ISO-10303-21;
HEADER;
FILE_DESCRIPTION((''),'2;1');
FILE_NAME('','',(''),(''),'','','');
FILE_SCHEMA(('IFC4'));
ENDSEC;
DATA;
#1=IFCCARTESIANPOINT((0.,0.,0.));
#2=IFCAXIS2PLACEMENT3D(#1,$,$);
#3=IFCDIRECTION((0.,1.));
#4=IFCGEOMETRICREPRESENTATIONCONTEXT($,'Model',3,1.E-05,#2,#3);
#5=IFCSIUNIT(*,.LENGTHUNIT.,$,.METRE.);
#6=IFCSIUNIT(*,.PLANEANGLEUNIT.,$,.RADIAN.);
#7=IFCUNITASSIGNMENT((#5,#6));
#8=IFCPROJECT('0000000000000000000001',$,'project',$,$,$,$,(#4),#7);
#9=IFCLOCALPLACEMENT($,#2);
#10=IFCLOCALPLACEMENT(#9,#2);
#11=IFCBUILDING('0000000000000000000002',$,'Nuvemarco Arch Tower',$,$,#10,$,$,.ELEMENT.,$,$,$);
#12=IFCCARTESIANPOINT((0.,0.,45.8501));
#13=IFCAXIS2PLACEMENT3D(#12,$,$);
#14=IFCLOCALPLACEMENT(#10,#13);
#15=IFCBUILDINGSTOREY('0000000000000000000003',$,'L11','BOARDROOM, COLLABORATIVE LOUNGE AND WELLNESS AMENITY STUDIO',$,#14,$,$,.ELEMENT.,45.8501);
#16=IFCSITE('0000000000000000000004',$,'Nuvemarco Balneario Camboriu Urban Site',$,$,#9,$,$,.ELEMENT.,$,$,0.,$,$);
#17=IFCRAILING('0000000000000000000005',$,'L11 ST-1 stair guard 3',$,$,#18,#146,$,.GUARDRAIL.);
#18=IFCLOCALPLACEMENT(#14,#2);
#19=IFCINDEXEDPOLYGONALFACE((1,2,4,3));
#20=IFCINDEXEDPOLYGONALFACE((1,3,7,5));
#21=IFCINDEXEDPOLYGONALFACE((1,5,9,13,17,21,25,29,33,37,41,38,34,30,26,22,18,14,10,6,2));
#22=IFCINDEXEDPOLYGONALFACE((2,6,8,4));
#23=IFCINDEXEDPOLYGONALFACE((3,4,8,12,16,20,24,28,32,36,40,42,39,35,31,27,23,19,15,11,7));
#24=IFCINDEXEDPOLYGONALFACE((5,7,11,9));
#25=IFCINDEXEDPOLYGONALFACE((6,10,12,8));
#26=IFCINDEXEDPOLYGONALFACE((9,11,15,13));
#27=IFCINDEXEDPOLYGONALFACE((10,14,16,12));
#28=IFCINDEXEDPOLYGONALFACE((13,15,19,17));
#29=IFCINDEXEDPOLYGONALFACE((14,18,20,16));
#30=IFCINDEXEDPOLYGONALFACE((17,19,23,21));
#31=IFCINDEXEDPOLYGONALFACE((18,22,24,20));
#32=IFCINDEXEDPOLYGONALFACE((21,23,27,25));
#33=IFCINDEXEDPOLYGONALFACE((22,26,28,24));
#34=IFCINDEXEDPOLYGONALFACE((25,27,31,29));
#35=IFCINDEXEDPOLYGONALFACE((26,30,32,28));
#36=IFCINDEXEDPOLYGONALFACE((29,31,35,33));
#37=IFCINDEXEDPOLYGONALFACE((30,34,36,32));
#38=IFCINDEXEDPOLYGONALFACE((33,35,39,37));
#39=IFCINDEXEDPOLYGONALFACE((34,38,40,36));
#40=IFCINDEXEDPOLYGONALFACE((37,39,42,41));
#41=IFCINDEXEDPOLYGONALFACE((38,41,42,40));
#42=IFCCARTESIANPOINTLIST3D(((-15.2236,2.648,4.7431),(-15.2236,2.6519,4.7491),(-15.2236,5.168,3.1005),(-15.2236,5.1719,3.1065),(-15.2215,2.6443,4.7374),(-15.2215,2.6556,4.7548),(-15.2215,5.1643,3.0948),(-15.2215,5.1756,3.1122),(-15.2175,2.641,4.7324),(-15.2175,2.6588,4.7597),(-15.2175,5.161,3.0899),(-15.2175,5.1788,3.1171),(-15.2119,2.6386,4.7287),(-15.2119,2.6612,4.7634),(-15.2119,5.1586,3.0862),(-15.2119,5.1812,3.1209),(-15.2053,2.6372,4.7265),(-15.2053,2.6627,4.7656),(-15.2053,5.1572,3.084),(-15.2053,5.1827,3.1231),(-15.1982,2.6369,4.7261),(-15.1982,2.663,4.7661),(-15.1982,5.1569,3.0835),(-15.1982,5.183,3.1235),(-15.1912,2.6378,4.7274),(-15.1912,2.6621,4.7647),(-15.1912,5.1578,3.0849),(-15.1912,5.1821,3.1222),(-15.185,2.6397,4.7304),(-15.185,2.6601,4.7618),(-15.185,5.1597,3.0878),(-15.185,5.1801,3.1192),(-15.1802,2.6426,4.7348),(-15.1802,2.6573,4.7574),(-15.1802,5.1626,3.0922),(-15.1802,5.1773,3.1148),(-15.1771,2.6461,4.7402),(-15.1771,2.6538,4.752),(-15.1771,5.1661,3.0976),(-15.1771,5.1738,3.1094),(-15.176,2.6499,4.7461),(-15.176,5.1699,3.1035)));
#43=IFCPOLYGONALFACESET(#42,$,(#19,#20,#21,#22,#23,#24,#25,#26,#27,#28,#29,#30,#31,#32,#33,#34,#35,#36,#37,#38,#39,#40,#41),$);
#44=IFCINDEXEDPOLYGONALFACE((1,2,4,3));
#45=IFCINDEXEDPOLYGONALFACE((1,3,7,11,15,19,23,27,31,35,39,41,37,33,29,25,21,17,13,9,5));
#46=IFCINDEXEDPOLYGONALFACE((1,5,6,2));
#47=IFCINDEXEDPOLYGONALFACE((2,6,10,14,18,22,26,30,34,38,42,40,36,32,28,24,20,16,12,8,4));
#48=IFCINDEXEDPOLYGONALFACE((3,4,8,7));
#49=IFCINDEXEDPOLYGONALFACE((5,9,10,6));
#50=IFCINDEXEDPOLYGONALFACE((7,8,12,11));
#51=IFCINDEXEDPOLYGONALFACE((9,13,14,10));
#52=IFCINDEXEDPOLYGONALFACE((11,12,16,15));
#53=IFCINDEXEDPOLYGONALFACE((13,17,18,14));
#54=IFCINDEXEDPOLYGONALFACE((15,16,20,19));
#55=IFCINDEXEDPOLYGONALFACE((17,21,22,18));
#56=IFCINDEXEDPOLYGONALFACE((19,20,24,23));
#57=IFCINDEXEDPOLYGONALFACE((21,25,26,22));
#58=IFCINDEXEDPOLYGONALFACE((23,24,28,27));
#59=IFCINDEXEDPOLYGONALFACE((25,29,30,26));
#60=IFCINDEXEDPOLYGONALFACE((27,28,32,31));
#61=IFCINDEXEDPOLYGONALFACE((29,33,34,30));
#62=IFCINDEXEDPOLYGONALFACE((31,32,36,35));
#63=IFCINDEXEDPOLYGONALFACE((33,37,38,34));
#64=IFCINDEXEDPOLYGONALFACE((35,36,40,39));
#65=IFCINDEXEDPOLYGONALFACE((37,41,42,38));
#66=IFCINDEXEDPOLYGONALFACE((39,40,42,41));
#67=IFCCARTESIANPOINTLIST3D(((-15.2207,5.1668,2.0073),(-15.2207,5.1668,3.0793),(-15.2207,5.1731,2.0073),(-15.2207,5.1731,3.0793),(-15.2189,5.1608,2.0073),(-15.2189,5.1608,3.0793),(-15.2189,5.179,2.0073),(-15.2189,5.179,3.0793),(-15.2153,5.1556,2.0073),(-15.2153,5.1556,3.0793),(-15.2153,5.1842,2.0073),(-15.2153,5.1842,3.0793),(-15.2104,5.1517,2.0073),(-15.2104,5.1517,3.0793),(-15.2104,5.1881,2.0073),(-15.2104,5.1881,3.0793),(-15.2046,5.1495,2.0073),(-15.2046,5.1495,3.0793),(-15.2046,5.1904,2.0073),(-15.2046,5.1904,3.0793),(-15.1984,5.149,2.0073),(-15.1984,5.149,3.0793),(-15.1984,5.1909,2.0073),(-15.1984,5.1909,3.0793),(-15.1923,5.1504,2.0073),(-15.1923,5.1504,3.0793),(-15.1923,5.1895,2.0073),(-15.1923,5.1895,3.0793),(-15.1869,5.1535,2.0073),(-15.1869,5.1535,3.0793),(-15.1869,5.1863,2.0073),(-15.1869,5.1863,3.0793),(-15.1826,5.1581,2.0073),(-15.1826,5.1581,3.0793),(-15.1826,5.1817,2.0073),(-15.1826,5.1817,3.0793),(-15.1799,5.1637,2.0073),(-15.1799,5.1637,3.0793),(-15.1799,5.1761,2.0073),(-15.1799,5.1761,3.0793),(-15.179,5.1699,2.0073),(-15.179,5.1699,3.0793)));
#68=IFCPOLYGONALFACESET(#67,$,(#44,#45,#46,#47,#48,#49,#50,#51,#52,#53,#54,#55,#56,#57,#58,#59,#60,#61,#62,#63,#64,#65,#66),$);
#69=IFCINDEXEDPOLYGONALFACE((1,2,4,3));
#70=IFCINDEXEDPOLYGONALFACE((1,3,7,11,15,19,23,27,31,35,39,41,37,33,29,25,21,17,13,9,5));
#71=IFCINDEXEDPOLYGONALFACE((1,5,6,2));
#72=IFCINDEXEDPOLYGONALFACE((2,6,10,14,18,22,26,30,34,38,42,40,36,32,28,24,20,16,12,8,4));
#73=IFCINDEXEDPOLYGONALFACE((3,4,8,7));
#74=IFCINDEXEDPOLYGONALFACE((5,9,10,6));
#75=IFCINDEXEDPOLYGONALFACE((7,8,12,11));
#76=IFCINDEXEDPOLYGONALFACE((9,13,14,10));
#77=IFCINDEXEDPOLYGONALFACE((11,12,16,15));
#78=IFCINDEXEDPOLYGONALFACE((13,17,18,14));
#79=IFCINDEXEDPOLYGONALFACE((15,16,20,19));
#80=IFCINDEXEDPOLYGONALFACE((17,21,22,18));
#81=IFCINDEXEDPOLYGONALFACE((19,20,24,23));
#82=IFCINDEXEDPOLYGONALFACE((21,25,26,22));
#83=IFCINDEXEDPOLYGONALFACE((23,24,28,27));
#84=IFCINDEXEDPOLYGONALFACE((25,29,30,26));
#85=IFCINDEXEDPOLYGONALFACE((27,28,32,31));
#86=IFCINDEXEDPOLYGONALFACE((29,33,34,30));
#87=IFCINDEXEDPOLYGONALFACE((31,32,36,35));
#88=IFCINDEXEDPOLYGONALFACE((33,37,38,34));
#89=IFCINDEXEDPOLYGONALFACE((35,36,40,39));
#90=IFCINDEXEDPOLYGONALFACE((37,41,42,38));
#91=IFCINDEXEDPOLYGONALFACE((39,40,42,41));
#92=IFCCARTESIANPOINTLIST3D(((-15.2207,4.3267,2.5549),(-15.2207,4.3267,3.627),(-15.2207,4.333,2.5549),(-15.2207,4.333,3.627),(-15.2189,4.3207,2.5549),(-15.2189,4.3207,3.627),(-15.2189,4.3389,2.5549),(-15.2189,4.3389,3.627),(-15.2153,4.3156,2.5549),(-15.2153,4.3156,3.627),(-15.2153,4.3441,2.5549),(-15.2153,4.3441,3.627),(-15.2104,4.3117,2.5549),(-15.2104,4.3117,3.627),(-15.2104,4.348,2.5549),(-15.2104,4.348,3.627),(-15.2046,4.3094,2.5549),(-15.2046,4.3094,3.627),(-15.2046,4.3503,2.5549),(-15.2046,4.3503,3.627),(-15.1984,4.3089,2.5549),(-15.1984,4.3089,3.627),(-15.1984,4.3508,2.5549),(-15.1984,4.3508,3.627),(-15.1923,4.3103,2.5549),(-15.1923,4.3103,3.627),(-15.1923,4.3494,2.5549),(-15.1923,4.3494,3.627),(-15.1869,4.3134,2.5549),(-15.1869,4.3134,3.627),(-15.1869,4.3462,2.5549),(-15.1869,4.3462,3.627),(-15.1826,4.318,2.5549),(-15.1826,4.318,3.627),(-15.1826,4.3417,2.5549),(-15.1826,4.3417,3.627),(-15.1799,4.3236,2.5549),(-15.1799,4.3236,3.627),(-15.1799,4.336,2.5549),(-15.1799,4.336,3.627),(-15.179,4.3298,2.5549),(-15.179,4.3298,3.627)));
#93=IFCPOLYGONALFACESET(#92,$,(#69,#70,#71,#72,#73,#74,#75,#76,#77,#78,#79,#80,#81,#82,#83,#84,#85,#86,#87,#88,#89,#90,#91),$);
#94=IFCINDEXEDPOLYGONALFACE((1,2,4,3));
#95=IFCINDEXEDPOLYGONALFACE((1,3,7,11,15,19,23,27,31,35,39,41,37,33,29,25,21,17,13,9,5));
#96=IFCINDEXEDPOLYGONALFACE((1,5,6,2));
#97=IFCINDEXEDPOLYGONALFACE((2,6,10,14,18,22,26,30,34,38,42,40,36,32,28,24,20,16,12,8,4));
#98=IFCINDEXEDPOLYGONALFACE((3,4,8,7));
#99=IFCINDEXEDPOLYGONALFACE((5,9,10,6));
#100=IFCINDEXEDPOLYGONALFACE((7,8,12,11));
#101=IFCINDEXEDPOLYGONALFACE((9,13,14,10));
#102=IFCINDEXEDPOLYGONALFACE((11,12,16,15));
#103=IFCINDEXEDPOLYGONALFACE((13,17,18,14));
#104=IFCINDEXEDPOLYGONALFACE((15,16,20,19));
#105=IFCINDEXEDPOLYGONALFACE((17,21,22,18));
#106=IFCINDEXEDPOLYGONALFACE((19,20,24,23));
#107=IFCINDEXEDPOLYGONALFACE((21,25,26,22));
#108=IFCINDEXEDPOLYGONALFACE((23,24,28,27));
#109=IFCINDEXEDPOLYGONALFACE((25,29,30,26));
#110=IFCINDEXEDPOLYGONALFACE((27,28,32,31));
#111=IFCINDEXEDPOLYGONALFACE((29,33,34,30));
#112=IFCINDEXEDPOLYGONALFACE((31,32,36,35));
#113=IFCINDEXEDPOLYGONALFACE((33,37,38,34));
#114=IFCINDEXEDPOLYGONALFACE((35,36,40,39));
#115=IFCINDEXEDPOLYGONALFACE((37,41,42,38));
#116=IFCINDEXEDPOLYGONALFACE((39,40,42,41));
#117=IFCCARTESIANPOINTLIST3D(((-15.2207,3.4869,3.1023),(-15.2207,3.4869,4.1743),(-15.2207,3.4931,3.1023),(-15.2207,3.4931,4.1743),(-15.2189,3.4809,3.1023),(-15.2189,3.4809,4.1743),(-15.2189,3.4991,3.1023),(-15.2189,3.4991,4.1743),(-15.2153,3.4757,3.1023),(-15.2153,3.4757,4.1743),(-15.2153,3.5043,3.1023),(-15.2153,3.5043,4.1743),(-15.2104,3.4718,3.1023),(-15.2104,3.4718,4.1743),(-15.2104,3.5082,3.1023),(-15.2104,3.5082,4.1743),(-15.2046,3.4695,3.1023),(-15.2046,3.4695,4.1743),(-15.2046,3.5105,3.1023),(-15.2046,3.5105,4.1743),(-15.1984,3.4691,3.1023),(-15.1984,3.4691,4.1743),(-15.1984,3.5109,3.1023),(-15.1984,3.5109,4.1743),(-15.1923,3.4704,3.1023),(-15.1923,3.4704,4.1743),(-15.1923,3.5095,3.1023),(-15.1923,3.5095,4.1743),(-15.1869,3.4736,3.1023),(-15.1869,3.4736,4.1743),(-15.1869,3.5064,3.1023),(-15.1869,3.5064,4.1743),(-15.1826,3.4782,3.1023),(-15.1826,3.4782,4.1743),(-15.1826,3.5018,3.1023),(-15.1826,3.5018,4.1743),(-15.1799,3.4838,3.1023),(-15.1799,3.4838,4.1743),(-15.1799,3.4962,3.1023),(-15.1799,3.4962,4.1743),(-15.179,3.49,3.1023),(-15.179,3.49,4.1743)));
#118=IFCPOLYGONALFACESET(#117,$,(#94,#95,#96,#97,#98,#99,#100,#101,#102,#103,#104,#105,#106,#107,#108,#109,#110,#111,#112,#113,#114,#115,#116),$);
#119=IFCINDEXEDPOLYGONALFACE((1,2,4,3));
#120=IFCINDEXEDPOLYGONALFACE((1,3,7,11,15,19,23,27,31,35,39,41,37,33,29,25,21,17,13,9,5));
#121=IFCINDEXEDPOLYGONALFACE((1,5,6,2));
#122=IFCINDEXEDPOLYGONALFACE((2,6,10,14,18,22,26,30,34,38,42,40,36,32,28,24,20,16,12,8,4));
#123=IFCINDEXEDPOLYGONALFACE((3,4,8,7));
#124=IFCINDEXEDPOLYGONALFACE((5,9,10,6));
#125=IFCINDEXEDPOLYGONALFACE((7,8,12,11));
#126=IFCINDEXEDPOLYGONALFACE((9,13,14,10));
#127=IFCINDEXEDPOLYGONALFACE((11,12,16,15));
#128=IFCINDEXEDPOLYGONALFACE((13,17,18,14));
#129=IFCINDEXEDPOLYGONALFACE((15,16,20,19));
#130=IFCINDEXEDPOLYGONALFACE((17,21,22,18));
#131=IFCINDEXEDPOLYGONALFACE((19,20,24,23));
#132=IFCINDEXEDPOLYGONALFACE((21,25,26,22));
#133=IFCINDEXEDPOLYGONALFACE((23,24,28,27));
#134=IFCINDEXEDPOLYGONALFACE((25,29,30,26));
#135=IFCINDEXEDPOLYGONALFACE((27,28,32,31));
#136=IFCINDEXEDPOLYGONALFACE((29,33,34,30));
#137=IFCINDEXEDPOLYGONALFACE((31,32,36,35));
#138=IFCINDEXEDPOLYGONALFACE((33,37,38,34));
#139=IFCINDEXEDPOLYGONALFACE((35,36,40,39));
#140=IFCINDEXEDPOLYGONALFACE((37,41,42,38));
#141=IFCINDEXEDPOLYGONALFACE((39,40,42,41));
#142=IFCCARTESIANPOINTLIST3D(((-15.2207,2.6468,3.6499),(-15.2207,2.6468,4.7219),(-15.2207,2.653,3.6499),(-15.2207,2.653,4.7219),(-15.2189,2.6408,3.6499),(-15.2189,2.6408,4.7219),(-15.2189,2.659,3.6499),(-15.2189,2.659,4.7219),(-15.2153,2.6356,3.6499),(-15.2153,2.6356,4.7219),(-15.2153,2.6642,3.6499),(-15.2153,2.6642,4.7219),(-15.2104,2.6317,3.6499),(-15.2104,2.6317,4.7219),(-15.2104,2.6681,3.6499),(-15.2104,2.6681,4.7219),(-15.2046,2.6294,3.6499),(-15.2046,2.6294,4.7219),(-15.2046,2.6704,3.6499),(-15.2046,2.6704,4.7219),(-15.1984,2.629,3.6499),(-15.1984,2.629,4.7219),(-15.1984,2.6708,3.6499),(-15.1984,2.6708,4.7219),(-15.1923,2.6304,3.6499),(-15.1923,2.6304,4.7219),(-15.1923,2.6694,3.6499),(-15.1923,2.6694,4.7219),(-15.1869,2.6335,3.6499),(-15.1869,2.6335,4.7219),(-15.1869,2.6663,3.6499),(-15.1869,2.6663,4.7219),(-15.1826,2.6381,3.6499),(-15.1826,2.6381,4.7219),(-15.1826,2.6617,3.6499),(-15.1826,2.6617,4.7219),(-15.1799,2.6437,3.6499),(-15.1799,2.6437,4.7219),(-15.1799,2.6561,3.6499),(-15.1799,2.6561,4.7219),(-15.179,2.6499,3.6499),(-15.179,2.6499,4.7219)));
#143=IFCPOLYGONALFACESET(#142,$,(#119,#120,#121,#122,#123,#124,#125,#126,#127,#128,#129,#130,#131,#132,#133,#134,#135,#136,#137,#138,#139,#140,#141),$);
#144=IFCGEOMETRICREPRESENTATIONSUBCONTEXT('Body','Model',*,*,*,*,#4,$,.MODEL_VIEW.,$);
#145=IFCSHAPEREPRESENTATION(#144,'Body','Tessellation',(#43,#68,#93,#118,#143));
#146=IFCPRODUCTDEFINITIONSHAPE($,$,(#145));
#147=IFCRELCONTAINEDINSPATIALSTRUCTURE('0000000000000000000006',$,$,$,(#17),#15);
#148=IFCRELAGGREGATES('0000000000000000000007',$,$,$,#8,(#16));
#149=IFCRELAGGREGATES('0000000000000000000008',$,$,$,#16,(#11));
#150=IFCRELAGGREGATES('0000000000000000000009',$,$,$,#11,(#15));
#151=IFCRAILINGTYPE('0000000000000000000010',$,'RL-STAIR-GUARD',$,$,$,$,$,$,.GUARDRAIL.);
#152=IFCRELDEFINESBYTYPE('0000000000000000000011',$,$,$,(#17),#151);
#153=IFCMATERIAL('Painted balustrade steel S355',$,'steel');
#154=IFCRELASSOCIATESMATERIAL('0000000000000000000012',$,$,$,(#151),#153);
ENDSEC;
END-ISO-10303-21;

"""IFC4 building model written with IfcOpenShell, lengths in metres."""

from ifc_helpers import new_model, si_unit, direction, frame, origin, origin_2d, place, context, subcontext, project, spatial, circle, extrude, material, type_object, element, save


model = new_model("IFC4")

# Units and contexts
model_context = context("Model", 3, precision=1e-05, world=origin(), true_north=direction((0.0, 1.0)))
body_context = subcontext(model_context, "Body", "Model", "MODEL_VIEW")
ifc_project = project(units=[si_unit("LENGTHUNIT", "METRE"), si_unit("PLANEANGLEUNIT", "RADIAN")], contexts=[model_context])

# Site, building, storey
site_placement = place(None, origin())
site = spatial("IfcSite", under=ifc_project, at=site_placement, Name="Nuvemarco Balneario Camboriu Urban Site", CompositionType="ELEMENT", RefElevation=0.0)
building_placement = place(site_placement, origin())
building = spatial("IfcBuilding", under=site, at=building_placement, Name="Nuvemarco Arch Tower", CompositionType="ELEMENT")
storey_placement = place(building_placement, frame((0.0, 0.0, 45.8501)))
storey = spatial("IfcBuildingStorey", under=building, at=storey_placement, Name="L11", Description="BOARDROOM, COLLABORATIVE LOUNGE AND WELLNESS AMENITY STUDIO", CompositionType="ELEMENT", Elevation=45.8501)

# Railing
ifc_material_1 = material(Name="Painted balustrade steel S355", Category="steel")
railing_type_1 = type_object("IfcRailingType", Name="RL-STAIR-GUARD", PredefinedType="GUARDRAIL", material=ifc_material_1)
railing_1_placement = place(storey_placement, frame((-15.2, 5.1699, 2.0073)))
element("IfcRailing", 1, at=railing_1_placement, inside=storey, type_object=railing_type_1, Name="L11 ST-1 stair guard 3", PredefinedType="GUARDRAIL", context=body_context, shape_type="SweptSolid", body=[
    extrude(circle(Radius=0.0239, at=origin_2d()), frame((0.0, 0.0, 1.0962), z_axis=(0.0, -0.837749, 0.546055), x_axis=(1.0, 0.0, 0.0)), (0.0, 0.0, 1.0), 3.0081),
    extrude(circle(Radius=0.021, at=origin_2d()), origin(), (0.0, 0.0, 1.0), 1.072),
    extrude(circle(Radius=0.021, at=origin_2d()), frame((0.0, -0.8401, 0.5476)), (0.0, 0.0, 1.0), 1.072),
    extrude(circle(Radius=0.021, at=origin_2d()), frame((0.0, -1.6799, 1.095)), (0.0, 0.0, 1.0), 1.072),
    extrude(circle(Radius=0.021, at=origin_2d()), frame((0.0, -2.52, 1.6426)), (0.0, 0.0, 1.0), 1.072),
])

save(model, "model.ifc")
